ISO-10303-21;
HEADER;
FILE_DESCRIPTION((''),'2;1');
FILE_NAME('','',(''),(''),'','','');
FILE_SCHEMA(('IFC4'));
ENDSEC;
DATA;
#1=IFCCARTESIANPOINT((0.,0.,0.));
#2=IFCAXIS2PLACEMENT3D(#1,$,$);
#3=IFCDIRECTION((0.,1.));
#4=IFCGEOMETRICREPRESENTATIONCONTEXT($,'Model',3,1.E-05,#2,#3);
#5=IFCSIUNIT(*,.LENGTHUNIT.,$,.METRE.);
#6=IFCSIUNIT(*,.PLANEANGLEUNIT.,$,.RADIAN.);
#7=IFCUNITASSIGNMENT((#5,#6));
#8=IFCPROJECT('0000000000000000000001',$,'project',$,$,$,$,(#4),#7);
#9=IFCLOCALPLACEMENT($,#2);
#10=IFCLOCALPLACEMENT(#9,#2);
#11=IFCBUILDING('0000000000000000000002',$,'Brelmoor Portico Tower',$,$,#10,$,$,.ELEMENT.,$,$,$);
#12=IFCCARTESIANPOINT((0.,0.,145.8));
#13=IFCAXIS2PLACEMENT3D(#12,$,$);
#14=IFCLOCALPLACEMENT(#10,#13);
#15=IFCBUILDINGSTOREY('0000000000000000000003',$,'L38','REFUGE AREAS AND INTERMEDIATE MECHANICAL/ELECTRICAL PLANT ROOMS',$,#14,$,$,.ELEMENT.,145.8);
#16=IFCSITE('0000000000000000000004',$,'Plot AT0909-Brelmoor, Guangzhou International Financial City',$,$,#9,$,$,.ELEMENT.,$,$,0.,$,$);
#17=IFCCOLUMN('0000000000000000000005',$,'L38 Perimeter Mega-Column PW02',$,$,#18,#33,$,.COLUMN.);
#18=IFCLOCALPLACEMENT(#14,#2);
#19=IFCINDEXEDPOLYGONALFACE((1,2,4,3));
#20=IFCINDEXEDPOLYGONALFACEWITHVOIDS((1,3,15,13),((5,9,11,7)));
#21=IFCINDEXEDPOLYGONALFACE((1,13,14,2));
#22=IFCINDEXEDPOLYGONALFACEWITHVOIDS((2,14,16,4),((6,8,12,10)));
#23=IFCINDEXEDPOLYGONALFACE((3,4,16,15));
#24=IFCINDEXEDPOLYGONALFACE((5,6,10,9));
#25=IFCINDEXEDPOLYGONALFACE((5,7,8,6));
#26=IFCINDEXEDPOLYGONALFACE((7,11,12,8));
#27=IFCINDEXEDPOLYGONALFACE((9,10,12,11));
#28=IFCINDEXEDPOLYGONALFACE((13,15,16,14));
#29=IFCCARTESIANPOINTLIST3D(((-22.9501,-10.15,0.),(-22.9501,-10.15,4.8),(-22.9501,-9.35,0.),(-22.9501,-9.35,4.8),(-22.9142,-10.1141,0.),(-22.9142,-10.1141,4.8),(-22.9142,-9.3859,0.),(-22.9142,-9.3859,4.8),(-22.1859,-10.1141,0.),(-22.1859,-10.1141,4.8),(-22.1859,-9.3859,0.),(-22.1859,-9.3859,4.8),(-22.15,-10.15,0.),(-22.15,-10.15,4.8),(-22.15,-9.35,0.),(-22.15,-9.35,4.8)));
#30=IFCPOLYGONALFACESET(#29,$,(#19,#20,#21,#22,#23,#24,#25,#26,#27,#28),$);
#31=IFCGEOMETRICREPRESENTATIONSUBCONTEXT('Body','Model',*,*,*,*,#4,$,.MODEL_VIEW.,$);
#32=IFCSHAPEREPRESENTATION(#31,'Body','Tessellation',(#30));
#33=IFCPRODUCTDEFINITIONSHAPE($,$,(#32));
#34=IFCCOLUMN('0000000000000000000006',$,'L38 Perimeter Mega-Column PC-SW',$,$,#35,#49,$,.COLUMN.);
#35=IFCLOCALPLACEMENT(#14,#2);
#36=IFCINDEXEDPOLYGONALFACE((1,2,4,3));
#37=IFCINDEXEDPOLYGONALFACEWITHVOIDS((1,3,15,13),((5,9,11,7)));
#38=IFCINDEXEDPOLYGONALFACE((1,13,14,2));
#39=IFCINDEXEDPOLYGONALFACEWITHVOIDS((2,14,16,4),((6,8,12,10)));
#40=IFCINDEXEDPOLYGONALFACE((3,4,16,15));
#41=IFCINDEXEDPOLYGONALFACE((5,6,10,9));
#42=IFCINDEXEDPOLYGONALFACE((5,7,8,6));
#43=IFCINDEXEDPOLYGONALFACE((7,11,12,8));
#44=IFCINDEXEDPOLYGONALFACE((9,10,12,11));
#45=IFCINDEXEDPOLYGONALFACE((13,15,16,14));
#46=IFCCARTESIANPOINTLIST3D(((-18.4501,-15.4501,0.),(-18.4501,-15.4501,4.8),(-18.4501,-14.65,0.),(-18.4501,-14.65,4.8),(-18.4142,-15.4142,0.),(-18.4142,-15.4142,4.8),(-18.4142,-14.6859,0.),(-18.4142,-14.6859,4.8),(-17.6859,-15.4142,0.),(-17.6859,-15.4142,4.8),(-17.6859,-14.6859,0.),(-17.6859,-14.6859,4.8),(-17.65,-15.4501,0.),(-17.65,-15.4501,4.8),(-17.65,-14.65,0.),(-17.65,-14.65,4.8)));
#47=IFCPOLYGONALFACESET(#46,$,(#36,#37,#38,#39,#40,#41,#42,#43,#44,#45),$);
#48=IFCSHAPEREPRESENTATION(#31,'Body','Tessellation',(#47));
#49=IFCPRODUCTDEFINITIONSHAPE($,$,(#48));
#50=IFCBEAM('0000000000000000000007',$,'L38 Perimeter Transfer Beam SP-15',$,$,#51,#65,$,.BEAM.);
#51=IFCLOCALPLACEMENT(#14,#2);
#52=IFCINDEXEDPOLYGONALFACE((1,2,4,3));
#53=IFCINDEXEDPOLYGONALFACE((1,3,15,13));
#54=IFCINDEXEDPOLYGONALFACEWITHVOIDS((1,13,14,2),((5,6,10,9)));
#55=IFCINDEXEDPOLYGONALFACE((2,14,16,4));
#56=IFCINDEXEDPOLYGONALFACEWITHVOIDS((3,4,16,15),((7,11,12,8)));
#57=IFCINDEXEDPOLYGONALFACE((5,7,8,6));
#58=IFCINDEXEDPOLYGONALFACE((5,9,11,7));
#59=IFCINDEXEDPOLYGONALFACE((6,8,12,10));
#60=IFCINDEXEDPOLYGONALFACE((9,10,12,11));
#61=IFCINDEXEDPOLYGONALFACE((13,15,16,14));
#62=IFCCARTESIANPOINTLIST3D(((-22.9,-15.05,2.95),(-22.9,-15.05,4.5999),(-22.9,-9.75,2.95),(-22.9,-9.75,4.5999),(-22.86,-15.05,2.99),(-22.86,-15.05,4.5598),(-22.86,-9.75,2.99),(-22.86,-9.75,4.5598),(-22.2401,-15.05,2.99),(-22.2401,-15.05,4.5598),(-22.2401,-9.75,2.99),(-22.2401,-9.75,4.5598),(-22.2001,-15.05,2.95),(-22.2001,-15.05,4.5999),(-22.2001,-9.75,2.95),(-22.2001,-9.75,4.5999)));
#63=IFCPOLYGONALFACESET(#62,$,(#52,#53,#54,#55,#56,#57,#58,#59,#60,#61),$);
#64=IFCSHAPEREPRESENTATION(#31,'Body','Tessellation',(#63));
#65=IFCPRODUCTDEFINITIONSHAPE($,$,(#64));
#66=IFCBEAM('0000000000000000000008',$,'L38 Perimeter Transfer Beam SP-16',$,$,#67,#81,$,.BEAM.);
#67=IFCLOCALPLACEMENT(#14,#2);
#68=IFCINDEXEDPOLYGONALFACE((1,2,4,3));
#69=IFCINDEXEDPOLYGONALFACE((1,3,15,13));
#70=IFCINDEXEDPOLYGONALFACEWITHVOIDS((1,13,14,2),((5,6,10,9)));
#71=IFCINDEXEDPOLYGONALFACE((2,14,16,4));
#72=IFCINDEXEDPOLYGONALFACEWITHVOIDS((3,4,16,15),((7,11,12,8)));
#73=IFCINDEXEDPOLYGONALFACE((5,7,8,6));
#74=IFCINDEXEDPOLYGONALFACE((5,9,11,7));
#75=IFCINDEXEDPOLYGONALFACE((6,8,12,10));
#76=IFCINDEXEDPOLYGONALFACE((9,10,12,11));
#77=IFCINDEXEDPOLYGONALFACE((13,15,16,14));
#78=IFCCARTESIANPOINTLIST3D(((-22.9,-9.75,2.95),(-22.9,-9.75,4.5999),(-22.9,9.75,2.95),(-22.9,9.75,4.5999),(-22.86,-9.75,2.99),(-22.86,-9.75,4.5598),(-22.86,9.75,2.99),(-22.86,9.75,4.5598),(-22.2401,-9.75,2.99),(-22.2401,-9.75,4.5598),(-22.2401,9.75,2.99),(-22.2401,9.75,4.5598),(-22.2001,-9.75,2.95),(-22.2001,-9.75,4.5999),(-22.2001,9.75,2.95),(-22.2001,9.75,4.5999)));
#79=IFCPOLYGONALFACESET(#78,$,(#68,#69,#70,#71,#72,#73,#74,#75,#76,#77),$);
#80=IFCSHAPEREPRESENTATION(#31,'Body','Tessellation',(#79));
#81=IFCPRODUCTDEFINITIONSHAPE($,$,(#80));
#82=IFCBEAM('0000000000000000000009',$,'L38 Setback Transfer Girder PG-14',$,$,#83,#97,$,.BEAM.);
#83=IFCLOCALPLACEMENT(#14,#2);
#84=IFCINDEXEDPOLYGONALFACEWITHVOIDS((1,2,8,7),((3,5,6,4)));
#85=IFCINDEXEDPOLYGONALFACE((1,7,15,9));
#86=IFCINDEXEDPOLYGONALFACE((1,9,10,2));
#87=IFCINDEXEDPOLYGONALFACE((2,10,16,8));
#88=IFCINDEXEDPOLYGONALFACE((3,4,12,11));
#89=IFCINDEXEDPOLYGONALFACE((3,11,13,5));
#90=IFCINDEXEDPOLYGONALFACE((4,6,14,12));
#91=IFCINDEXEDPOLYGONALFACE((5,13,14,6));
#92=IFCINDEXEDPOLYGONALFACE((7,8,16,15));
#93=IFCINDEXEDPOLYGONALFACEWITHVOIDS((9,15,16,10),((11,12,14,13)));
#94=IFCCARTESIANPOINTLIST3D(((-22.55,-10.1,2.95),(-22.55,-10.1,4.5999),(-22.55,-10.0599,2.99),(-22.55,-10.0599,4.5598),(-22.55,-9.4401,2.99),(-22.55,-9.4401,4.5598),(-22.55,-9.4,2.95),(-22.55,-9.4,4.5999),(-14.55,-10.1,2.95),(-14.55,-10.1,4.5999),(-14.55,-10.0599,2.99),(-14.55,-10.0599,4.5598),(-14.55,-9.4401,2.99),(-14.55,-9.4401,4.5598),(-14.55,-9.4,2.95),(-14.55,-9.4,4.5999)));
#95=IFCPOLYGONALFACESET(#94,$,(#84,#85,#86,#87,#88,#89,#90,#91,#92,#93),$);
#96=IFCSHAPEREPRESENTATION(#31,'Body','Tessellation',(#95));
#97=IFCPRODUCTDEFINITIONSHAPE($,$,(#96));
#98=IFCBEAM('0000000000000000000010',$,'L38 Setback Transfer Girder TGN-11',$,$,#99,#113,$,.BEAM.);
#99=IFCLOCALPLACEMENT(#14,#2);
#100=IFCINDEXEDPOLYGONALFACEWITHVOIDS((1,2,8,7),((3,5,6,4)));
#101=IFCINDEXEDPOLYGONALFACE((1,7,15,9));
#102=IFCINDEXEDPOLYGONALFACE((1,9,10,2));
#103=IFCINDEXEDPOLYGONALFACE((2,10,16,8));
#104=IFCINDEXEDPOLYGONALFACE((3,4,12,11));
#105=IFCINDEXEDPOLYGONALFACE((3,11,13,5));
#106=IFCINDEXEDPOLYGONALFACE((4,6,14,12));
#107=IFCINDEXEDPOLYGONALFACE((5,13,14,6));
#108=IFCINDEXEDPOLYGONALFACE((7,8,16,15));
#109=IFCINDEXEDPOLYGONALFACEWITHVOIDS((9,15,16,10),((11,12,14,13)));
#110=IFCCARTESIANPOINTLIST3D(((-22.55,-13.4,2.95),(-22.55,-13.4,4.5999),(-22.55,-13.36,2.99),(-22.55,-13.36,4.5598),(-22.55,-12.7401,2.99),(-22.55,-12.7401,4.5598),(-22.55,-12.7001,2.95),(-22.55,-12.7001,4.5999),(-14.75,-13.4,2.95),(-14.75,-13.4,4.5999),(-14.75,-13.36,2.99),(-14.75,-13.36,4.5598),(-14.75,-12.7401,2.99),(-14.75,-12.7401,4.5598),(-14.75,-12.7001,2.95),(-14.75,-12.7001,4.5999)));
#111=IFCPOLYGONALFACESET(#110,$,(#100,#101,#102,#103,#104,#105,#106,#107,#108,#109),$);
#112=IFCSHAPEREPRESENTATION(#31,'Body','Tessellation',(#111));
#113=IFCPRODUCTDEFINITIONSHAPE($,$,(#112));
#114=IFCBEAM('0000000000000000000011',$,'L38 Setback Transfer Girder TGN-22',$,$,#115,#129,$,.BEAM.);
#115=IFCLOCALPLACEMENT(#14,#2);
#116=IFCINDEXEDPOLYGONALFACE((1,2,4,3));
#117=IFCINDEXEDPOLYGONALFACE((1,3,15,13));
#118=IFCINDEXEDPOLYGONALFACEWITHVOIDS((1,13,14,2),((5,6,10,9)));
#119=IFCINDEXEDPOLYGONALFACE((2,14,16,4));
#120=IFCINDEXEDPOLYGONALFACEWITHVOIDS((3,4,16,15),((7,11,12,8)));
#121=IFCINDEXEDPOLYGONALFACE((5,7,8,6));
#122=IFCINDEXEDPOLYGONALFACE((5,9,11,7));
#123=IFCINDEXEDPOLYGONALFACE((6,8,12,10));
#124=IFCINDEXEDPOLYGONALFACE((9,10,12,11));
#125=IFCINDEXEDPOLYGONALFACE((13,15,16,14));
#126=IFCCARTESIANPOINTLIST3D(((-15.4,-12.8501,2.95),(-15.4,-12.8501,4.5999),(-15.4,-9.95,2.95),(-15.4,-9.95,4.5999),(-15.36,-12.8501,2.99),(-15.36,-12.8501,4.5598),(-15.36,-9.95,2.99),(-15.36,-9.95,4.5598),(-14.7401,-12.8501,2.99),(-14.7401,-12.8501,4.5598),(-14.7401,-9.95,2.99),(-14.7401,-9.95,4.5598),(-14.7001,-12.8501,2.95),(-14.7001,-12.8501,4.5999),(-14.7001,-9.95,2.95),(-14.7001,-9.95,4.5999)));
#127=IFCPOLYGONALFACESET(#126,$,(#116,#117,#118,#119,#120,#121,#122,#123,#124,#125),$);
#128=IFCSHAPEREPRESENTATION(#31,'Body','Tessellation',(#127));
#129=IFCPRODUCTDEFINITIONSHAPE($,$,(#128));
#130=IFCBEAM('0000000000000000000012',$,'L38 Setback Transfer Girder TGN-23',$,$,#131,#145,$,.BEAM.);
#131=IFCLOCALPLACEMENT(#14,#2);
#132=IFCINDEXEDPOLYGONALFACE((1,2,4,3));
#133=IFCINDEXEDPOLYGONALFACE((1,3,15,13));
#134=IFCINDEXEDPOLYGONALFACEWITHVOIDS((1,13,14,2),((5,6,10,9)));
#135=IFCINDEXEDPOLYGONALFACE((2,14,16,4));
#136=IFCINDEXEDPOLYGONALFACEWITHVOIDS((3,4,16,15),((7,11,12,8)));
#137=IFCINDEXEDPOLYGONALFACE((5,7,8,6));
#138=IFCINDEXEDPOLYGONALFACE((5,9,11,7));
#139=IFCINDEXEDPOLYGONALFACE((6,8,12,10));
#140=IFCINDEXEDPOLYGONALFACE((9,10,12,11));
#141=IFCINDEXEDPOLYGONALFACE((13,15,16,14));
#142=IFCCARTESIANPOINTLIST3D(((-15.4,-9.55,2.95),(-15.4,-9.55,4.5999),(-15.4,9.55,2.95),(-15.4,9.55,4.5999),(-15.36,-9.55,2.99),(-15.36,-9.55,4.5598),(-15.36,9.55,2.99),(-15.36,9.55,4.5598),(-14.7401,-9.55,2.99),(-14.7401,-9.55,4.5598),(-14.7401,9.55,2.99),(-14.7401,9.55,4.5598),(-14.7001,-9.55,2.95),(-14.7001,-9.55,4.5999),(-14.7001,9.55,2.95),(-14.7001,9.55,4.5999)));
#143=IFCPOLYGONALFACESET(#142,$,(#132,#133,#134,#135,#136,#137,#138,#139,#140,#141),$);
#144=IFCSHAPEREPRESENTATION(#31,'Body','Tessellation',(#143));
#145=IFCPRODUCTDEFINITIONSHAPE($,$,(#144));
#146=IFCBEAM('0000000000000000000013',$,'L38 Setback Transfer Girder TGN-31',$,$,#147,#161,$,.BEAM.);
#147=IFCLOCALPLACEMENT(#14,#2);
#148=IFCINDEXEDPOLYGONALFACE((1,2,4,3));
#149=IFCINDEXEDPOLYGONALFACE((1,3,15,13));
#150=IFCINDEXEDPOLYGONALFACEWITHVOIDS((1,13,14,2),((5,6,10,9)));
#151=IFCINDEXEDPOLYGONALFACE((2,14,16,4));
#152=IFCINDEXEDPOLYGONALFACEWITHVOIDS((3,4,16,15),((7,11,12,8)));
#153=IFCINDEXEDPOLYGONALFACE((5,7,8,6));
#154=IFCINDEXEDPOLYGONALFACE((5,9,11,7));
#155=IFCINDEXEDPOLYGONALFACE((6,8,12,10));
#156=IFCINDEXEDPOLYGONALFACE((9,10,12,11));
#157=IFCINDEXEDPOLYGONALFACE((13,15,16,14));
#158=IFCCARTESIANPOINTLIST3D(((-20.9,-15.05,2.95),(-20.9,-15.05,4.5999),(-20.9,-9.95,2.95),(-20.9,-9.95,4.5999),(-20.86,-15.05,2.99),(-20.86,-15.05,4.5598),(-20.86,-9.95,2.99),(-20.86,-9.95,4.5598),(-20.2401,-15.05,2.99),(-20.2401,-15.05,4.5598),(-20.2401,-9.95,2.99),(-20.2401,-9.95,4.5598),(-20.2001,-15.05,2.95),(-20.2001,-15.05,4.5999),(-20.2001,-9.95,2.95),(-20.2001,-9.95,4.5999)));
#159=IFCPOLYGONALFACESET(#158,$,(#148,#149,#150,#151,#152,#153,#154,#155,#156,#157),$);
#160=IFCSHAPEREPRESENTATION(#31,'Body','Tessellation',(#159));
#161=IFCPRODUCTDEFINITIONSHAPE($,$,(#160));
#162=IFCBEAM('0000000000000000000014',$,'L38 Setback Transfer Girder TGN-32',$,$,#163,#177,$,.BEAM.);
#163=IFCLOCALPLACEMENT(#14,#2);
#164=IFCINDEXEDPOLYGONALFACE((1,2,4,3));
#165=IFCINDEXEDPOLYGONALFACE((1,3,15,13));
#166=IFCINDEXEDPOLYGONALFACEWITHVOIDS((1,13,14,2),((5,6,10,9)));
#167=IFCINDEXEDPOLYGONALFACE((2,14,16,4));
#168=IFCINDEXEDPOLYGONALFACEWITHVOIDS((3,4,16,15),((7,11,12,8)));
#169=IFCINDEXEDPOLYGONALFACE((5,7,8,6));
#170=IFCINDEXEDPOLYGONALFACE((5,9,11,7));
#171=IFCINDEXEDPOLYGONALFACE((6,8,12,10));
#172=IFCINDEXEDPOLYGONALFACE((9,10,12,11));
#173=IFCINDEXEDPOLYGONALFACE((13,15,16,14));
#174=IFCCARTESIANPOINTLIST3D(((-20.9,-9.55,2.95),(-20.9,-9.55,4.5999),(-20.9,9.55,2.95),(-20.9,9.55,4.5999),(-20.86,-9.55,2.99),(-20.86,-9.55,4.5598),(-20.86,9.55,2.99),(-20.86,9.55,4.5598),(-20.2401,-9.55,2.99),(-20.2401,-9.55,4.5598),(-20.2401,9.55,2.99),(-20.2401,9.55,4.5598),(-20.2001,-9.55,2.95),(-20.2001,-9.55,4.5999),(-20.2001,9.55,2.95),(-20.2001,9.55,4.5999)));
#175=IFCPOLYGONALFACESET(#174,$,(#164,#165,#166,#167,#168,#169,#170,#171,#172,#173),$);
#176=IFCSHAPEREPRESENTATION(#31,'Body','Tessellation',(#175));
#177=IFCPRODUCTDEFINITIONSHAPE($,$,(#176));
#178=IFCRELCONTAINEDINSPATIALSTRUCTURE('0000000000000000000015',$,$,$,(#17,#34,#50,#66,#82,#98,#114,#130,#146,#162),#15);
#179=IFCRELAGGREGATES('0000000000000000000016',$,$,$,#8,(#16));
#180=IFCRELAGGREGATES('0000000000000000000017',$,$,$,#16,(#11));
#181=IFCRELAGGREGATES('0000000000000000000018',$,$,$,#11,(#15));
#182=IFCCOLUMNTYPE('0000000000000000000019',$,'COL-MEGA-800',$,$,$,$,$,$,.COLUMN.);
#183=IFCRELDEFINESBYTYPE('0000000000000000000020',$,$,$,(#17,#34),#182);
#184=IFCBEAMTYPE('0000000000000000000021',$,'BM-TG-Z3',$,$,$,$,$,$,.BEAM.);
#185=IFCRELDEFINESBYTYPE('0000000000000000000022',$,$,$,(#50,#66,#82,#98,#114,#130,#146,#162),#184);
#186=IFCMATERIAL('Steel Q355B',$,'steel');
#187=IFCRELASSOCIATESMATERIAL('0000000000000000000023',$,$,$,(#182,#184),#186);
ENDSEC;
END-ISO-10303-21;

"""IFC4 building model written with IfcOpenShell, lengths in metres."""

from ifc_helpers import new_model, si_unit, direction, frame, origin, origin_2d, place, context, subcontext, project, spatial, hollow_rectangle, extrude, material, material_profile, profile_set, type_object, element, save


model = new_model("IFC4")

# Units and contexts
model_context = context("Model", 3, precision=1e-05, world=origin(), true_north=direction((0.0, 1.0)))
body_context = subcontext(model_context, "Body", "Model", "MODEL_VIEW")
ifc_project = project(units=[si_unit("LENGTHUNIT", "METRE"), si_unit("PLANEANGLEUNIT", "RADIAN")], contexts=[model_context])

# Site, building, storey
site_placement = place(None, origin())
site = spatial("IfcSite", under=ifc_project, at=site_placement, Name="Plot AT0909-Brelmoor, Guangzhou International Financial City", CompositionType="ELEMENT", RefElevation=0.0)
building_placement = place(site_placement, origin())
building = spatial("IfcBuilding", under=site, at=building_placement, Name="Brelmoor Portico Tower", CompositionType="ELEMENT")
storey_placement = place(building_placement, frame((0.0, 0.0, 145.8)))
storey = spatial("IfcBuildingStorey", under=building, at=storey_placement, Name="L38", Description="REFUGE AREAS AND INTERMEDIATE MECHANICAL/ELECTRICAL PLANT ROOMS", CompositionType="ELEMENT", Elevation=145.8)

# Columns
ifc_material_1 = material(Name="Steel Q355B", Category="steel")
ifc_material_profile_1 = material_profile(ifc_material_1, hollow_rectangle(XDim=0.8, YDim=0.8, WallThickness=0.0359, at=origin_2d()), Name="BOX 800x800x36")
ifc_profile_set_1 = profile_set([ifc_material_profile_1], Name="Steel Q355B")
column_type = type_object("IfcColumnType", Name="COL-MEGA-800", PredefinedType="COLUMN", material=ifc_profile_set_1)
for number, where, z_axis, x_axis, name in (
    (1, (-22.55, -9.75, 0.0), (0.0, 0.0, 1.0), (0.0, 1.0, 0.0), "L38 Perimeter Mega-Column PW02"),
    (2, (-18.05, -15.05, 0.0), (0.0, 0.0, 1.0), (1.0, 0.0, 0.0), "L38 Perimeter Mega-Column PC-SW"),
):
    element("IfcColumn", number, at=place(storey_placement, frame(where, z_axis=z_axis, x_axis=x_axis)), inside=storey, type_object=column_type, Name=name, PredefinedType="COLUMN", context=body_context, shape_type="SweptSolid", body=[
        extrude(hollow_rectangle(XDim=0.8, YDim=0.8, WallThickness=0.0359, at=origin_2d()), origin(), (0.0, 0.0, 1.0), 4.8),
    ])

# Beams
ifc_material_profile_2 = material_profile(ifc_material_1, hollow_rectangle(XDim=0.7, YDim=1.6499, WallThickness=0.04, at=origin_2d()), Name="BOX 700x1650x40")
ifc_profile_set_2 = profile_set([ifc_material_profile_2], Name="Steel Q355B")
beam_type = type_object("IfcBeamType", Name="BM-TG-Z3", PredefinedType="BEAM", material=ifc_profile_set_2)
beam_1_placement = place(storey_placement, frame((-22.55, -15.05, 3.7749), z_axis=(0.0, 1.0, 0.0), x_axis=(-1.0, 0.0, 0.0)))
element("IfcBeam", 3, at=beam_1_placement, inside=storey, type_object=beam_type, Name="L38 Perimeter Transfer Beam SP-15", PredefinedType="BEAM", context=body_context, shape_type="SweptSolid", body=[
    extrude(hollow_rectangle(XDim=0.7, YDim=1.6499, WallThickness=0.04, at=origin_2d()), origin(), (0.0, 0.0, 1.0), 5.3),
])
beam_2_placement = place(storey_placement, frame((-22.55, -9.75, 3.7749), z_axis=(0.0, 1.0, 0.0), x_axis=(-1.0, 0.0, 0.0)))
element("IfcBeam", 4, at=beam_2_placement, inside=storey, type_object=beam_type, Name="L38 Perimeter Transfer Beam SP-16", PredefinedType="BEAM", context=body_context, shape_type="SweptSolid", body=[
    extrude(hollow_rectangle(XDim=0.7, YDim=1.6499, WallThickness=0.04, at=origin_2d()), origin(), (0.0, 0.0, 1.0), 19.5),
])
beam_3_placement = place(storey_placement, frame((-22.55, -9.75, 3.7749), z_axis=(1.0, 0.0, 0.0), x_axis=(0.0, 1.0, 0.0)))
element("IfcBeam", 5, at=beam_3_placement, inside=storey, type_object=beam_type, Name="L38 Setback Transfer Girder PG-14", PredefinedType="BEAM", context=body_context, shape_type="SweptSolid", body=[
    extrude(hollow_rectangle(XDim=0.7, YDim=1.6499, WallThickness=0.04, at=origin_2d()), origin(), (0.0, 0.0, 1.0), 8.0),
])
beam_4_placement = place(storey_placement, frame((-22.55, -13.05, 3.7749), z_axis=(1.0, 0.0, 0.0), x_axis=(0.0, 1.0, 0.0)))
element("IfcBeam", 6, at=beam_4_placement, inside=storey, type_object=beam_type, Name="L38 Setback Transfer Girder TGN-11", PredefinedType="BEAM", context=body_context, shape_type="SweptSolid", body=[
    extrude(hollow_rectangle(XDim=0.7, YDim=1.6499, WallThickness=0.04, at=origin_2d()), origin(), (0.0, 0.0, 1.0), 7.8),
])
beam_5_placement = place(storey_placement, frame((-15.05, -12.8501, 3.7749), z_axis=(0.0, 1.0, 0.0), x_axis=(-1.0, 0.0, 0.0)))
element("IfcBeam", 7, at=beam_5_placement, inside=storey, type_object=beam_type, Name="L38 Setback Transfer Girder TGN-22", PredefinedType="BEAM", context=body_context, shape_type="SweptSolid", body=[
    extrude(hollow_rectangle(XDim=0.7, YDim=1.6499, WallThickness=0.04, at=origin_2d()), origin(), (0.0, 0.0, 1.0), 2.9001),
])
beam_6_placement = place(storey_placement, frame((-15.05, -9.55, 3.7749), z_axis=(0.0, 1.0, 0.0), x_axis=(-1.0, 0.0, 0.0)))
element("IfcBeam", 8, at=beam_6_placement, inside=storey, type_object=beam_type, Name="L38 Setback Transfer Girder TGN-23", PredefinedType="BEAM", context=body_context, shape_type="SweptSolid", body=[
    extrude(hollow_rectangle(XDim=0.7, YDim=1.6499, WallThickness=0.04, at=origin_2d()), origin(), (0.0, 0.0, 1.0), 19.1001),
])
beam_7_placement = place(storey_placement, frame((-20.55, -15.05, 3.7749), z_axis=(0.0, 1.0, 0.0), x_axis=(-1.0, 0.0, 0.0)))
element("IfcBeam", 9, at=beam_7_placement, inside=storey, type_object=beam_type, Name="L38 Setback Transfer Girder TGN-31", PredefinedType="BEAM", context=body_context, shape_type="SweptSolid", body=[
    extrude(hollow_rectangle(XDim=0.7, YDim=1.6499, WallThickness=0.04, at=origin_2d()), origin(), (0.0, 0.0, 1.0), 5.1001),
])
beam_8_placement = place(storey_placement, frame((-20.55, -9.55, 3.7749), z_axis=(0.0, 1.0, 0.0), x_axis=(-1.0, 0.0, 0.0)))
element("IfcBeam", 10, at=beam_8_placement, inside=storey, type_object=beam_type, Name="L38 Setback Transfer Girder TGN-32", PredefinedType="BEAM", context=body_context, shape_type="SweptSolid", body=[
    extrude(hollow_rectangle(XDim=0.7, YDim=1.6499, WallThickness=0.04, at=origin_2d()), origin(), (0.0, 0.0, 1.0), 19.1001),
])

save(model, "model.ifc")
